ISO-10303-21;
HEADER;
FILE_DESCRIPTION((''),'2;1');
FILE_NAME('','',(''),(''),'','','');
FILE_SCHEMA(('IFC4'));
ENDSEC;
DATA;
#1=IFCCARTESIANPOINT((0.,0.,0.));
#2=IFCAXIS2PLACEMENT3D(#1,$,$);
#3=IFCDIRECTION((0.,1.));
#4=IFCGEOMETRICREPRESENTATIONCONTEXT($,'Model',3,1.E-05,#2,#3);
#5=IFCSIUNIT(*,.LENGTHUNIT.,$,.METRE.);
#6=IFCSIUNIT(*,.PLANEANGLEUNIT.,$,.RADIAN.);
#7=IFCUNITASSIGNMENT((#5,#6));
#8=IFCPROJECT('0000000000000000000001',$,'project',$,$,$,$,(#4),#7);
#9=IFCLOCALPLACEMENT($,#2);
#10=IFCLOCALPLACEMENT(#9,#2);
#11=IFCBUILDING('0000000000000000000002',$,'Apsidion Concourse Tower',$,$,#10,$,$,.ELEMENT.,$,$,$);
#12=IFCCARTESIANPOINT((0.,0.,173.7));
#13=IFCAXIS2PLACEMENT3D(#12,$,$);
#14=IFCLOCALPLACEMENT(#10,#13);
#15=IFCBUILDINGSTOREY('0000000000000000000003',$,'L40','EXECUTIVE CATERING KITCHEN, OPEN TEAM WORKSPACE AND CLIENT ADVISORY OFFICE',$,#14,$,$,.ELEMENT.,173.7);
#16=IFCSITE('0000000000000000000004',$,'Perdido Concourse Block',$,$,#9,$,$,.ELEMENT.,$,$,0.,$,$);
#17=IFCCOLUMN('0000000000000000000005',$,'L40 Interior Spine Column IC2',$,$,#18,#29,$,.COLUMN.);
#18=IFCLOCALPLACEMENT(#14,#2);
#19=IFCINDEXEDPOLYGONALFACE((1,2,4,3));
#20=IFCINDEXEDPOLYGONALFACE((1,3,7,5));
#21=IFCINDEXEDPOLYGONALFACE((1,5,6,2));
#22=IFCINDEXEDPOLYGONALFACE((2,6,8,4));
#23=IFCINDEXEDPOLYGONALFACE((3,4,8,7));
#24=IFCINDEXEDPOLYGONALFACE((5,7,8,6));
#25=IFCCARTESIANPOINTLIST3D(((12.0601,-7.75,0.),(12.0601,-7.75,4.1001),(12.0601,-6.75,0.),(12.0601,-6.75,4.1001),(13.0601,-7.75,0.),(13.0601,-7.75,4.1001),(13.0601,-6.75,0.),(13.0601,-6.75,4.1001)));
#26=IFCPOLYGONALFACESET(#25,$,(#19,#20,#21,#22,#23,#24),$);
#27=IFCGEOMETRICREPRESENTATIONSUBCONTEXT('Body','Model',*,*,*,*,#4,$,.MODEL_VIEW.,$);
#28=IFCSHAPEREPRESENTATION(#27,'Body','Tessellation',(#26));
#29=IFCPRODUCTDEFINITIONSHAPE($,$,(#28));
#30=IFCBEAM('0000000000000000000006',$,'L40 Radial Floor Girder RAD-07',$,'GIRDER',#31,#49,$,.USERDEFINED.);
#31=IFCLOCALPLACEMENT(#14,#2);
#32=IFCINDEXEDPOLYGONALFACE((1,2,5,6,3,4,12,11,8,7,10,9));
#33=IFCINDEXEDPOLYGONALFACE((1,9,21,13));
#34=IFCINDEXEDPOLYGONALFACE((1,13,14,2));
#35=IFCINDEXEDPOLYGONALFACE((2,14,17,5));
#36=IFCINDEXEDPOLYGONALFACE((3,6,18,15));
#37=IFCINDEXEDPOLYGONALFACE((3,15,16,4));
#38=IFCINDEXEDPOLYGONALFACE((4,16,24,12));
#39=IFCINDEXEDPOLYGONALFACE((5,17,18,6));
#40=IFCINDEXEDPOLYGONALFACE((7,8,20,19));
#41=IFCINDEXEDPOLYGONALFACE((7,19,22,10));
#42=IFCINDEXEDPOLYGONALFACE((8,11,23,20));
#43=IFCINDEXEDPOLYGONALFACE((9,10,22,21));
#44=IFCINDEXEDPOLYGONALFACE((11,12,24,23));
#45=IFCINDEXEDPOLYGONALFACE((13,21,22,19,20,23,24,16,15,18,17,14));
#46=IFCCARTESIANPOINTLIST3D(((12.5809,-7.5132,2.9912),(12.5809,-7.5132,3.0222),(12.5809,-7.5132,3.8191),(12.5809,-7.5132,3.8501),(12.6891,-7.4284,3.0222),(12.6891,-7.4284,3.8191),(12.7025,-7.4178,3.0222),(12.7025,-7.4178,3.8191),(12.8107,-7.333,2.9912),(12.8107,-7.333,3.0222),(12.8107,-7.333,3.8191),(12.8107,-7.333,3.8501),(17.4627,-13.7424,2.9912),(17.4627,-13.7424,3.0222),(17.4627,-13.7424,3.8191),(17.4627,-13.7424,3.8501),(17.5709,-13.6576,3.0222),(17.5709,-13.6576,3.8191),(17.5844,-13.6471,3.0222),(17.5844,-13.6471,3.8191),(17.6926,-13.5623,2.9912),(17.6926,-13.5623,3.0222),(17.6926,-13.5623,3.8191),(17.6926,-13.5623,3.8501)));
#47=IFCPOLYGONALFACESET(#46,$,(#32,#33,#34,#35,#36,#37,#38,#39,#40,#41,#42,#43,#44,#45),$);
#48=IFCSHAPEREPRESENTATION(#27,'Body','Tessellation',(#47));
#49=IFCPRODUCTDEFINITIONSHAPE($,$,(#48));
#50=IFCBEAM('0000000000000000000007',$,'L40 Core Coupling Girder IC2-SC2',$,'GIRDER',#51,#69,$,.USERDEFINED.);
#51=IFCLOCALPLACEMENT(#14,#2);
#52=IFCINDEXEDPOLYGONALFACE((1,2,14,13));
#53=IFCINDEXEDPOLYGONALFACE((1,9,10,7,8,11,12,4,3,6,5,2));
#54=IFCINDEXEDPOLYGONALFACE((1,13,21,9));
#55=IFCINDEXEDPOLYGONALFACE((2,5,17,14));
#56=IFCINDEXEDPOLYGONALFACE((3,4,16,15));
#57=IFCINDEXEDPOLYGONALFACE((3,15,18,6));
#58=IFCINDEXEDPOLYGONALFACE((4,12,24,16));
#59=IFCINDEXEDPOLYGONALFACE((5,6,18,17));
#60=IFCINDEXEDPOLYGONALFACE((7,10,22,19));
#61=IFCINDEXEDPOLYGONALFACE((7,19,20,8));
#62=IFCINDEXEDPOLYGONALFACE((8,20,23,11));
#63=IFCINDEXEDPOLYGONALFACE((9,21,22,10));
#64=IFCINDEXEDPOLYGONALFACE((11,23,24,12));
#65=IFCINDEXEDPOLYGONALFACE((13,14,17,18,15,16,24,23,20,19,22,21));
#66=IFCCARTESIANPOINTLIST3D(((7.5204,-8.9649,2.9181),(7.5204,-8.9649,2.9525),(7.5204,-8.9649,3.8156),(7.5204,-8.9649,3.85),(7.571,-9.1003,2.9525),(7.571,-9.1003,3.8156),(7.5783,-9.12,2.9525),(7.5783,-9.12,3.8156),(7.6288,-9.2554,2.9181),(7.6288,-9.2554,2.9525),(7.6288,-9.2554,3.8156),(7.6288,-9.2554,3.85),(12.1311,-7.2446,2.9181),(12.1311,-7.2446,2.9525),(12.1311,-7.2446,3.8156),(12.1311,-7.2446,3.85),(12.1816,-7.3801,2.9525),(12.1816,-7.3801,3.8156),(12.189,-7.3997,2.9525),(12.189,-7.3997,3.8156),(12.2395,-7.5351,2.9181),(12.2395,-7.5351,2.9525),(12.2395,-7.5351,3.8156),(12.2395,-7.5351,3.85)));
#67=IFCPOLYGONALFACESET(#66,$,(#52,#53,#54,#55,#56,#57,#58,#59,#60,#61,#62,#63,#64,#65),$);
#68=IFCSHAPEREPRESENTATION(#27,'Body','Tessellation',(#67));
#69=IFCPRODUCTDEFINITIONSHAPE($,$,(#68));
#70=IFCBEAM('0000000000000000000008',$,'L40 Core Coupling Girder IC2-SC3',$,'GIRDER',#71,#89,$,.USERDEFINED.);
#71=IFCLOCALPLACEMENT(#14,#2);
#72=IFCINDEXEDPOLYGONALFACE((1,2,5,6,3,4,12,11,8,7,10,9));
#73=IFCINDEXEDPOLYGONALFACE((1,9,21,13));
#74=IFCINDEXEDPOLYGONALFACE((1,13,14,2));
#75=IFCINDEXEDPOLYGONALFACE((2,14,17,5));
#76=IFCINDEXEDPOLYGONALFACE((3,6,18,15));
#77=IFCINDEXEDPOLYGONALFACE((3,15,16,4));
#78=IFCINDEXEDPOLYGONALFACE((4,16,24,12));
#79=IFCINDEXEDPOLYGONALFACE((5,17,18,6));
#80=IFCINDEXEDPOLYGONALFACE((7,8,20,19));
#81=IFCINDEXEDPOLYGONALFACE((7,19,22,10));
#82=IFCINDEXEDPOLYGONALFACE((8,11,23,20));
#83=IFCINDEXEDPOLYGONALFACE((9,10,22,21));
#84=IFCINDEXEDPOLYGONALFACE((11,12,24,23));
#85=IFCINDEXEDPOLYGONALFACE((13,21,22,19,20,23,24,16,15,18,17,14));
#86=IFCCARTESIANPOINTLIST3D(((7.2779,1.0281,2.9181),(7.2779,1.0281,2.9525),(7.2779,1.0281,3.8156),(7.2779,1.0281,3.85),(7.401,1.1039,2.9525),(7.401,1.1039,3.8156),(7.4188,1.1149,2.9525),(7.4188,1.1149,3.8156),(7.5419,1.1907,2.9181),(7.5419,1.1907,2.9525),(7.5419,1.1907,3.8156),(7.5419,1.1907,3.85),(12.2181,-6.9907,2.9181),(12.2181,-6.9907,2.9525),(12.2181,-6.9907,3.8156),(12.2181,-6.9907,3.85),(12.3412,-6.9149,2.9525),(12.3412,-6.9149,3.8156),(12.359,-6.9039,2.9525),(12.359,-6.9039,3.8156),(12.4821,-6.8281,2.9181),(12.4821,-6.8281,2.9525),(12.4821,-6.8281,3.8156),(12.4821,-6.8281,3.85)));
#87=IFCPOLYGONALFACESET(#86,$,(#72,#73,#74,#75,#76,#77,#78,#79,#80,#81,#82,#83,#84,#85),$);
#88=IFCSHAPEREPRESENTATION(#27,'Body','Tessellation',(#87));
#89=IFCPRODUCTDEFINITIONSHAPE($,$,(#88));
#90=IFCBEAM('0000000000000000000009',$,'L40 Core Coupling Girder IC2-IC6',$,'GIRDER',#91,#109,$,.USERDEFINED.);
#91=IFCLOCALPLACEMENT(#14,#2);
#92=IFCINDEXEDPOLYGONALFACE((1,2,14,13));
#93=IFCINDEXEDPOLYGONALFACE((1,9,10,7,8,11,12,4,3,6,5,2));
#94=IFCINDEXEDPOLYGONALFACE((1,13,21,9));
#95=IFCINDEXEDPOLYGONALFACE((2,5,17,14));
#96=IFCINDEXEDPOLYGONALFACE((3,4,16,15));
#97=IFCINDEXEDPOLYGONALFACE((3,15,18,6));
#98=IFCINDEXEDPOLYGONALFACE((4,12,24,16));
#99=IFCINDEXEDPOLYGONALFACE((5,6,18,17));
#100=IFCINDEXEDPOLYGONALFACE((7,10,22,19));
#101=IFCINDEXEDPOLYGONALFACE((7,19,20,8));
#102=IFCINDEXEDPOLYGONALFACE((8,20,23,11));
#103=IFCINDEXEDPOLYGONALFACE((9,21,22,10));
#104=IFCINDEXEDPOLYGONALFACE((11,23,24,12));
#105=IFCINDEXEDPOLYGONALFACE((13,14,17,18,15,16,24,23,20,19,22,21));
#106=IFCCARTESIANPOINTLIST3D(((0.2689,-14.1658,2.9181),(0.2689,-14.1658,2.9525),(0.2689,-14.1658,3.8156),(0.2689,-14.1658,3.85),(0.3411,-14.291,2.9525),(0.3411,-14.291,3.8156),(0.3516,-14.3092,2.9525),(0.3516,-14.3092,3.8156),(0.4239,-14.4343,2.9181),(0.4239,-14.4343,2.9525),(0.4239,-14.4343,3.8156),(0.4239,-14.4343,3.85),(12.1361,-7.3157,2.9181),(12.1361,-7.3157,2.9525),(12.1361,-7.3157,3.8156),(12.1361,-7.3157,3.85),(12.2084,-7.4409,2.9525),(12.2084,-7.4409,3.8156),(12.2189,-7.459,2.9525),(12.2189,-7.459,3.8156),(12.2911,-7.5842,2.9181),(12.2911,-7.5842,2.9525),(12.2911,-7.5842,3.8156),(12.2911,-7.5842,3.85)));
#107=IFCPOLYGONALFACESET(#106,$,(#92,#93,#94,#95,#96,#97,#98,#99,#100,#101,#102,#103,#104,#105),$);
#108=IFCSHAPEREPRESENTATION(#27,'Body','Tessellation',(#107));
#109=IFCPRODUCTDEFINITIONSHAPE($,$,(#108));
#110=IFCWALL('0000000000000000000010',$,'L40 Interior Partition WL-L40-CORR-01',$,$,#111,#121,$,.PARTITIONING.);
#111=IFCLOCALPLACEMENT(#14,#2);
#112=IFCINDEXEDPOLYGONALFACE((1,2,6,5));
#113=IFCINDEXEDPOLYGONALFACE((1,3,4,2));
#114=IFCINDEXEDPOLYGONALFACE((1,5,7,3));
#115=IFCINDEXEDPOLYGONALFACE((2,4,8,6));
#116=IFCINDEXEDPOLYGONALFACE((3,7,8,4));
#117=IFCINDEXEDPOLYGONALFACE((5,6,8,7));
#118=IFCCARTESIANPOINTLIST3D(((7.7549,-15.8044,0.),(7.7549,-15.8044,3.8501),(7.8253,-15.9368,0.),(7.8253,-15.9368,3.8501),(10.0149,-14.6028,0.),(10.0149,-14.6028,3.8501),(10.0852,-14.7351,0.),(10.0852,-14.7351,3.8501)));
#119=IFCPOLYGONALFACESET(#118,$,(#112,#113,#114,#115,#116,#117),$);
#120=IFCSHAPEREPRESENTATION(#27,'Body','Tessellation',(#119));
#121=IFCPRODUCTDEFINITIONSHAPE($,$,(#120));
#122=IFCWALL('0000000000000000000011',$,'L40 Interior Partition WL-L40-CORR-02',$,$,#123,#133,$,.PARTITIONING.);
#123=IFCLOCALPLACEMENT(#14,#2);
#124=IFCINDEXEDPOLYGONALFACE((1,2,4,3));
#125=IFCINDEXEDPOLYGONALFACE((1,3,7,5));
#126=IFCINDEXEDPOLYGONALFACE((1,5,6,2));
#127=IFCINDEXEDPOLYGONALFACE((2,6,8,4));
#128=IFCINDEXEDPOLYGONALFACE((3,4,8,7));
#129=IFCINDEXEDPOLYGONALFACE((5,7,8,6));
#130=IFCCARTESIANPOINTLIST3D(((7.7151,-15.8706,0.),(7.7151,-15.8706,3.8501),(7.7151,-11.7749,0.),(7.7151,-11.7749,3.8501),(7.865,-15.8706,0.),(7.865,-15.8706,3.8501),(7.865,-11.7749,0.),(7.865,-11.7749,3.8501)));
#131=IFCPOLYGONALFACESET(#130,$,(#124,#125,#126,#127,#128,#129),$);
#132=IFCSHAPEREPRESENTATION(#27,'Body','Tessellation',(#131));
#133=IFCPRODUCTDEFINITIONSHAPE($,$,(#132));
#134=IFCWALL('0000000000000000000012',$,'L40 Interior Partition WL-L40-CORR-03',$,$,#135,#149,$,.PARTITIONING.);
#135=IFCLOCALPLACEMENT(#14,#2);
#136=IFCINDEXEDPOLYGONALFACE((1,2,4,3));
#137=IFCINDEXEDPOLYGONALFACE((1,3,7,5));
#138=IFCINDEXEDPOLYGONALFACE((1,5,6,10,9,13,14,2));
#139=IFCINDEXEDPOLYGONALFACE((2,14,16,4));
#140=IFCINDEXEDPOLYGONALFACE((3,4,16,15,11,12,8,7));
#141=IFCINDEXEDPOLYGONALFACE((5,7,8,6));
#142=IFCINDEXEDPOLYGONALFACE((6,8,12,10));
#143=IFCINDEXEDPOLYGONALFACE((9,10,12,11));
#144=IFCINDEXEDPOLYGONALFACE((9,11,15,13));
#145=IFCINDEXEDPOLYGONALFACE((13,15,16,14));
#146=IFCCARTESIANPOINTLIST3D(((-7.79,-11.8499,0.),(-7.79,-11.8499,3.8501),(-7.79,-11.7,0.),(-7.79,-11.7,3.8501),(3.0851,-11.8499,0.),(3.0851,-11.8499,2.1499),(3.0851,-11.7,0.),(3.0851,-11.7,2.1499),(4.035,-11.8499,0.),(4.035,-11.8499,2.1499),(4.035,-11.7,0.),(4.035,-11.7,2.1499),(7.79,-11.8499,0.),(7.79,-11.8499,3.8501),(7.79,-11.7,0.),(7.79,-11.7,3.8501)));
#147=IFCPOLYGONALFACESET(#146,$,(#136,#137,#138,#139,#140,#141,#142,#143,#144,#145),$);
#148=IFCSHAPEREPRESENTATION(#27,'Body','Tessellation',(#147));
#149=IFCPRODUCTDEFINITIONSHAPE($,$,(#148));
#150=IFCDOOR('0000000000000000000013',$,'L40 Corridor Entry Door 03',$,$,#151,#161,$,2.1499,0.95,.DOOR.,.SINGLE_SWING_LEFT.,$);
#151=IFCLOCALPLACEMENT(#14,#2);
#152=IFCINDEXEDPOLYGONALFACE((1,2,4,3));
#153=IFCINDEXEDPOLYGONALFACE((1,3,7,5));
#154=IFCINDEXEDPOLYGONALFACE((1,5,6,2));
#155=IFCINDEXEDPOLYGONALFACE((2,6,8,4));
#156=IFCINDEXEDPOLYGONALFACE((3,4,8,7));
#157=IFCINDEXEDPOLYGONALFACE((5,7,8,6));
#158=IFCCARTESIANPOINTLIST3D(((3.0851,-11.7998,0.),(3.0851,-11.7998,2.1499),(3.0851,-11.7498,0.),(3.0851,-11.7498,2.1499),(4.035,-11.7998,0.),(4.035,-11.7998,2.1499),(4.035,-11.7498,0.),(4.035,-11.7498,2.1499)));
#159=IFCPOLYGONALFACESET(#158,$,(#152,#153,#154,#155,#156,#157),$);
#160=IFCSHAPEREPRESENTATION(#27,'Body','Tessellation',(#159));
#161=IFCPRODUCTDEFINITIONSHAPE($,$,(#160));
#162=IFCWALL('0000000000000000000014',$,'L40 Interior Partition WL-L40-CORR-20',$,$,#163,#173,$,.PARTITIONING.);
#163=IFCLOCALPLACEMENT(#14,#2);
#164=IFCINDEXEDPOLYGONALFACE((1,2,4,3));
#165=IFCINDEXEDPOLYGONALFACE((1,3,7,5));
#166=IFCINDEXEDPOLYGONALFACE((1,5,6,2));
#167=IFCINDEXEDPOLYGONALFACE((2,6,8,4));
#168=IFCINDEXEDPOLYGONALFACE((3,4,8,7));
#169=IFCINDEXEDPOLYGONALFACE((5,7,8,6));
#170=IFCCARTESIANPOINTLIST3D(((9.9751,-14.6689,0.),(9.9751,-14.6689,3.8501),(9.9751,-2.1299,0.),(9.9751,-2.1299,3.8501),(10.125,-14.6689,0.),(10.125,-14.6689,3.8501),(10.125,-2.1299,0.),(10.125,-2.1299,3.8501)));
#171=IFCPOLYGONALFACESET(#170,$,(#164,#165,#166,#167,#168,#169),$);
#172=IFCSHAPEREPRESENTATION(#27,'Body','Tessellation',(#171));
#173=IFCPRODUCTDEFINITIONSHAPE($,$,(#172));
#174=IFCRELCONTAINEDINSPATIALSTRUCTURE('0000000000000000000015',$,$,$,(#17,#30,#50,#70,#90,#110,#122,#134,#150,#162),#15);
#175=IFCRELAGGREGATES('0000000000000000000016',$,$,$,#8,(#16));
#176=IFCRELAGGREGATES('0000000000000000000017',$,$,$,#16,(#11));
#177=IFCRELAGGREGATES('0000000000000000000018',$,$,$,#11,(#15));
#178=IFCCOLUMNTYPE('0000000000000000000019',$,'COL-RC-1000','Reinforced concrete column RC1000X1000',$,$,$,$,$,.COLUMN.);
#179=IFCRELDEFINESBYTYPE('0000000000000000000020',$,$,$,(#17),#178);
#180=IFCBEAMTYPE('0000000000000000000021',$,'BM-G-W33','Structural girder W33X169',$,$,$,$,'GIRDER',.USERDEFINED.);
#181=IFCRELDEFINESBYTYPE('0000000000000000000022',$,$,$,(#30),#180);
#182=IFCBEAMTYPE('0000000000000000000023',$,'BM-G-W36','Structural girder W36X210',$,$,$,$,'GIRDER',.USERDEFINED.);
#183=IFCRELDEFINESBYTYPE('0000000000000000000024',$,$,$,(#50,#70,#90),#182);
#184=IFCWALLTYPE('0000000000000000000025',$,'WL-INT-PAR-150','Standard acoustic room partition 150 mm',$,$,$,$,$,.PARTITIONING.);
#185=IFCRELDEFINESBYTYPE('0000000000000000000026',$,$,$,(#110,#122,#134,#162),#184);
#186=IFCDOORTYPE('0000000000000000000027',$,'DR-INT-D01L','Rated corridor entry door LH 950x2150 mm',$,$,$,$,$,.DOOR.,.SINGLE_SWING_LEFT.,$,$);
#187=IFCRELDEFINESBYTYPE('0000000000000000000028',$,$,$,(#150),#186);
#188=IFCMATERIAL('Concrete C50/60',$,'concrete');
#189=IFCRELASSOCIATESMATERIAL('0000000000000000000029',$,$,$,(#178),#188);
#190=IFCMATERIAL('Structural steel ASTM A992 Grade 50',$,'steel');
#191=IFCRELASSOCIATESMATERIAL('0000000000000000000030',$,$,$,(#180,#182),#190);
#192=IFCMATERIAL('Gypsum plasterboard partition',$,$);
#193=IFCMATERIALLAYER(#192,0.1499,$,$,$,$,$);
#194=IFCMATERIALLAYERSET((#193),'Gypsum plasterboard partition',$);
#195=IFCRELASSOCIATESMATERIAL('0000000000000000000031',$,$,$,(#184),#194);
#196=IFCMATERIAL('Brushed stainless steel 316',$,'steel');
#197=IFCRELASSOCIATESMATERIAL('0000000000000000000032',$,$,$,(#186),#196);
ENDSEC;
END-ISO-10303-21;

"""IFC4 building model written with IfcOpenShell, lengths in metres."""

from ifc_helpers import new_model, si_unit, direction, frame, frame_2d, origin, origin_2d, place, context, subcontext, project, spatial, rectangle, i_section, extrude, material, layer, layer_set, material_profile, profile_set, type_object, element, fill, save


model = new_model("IFC4")

# Units and contexts
model_context = context("Model", 3, precision=1e-05, world=origin(), true_north=direction((0.0, 1.0)))
body_context = subcontext(model_context, "Body", "Model", "MODEL_VIEW")
ifc_project = project(units=[si_unit("LENGTHUNIT", "METRE"), si_unit("PLANEANGLEUNIT", "RADIAN")], contexts=[model_context])

# Site, building, storey
site_placement = place(None, origin())
site = spatial("IfcSite", under=ifc_project, at=site_placement, Name="Perdido Concourse Block", CompositionType="ELEMENT", RefElevation=0.0)
building_placement = place(site_placement, origin())
building = spatial("IfcBuilding", under=site, at=building_placement, Name="Apsidion Concourse Tower", CompositionType="ELEMENT")
storey_placement = place(building_placement, frame((0.0, 0.0, 173.7)))
storey = spatial("IfcBuildingStorey", under=building, at=storey_placement, Name="L40", Description="EXECUTIVE CATERING KITCHEN, OPEN TEAM WORKSPACE AND CLIENT ADVISORY OFFICE", CompositionType="ELEMENT", Elevation=173.7)

# Column
ifc_material_1 = material(Name="Concrete C50/60", Category="concrete")
ifc_material_profile_1 = material_profile(ifc_material_1, rectangle(XDim=1.0, YDim=1.0, at=origin_2d()), Name="RC 1000x1000")
ifc_profile_set_1 = profile_set([ifc_material_profile_1], Name="Concrete C50/60")
column_type = type_object("IfcColumnType", Name="COL-RC-1000", Description="Reinforced concrete column RC1000X1000", PredefinedType="COLUMN", material=ifc_profile_set_1)
column_placement = place(storey_placement, frame((12.5601, -7.25, 0.0), z_axis=(0.0, 0.0, 1.0), x_axis=(1.0, 0.0, 0.0)))
element("IfcColumn", 1, at=column_placement, inside=storey, type_object=column_type, Name="L40 Interior Spine Column IC2", PredefinedType="COLUMN", context=body_context, shape_type="SweptSolid", body=[
    extrude(rectangle(XDim=1.0, YDim=1.0, at=origin_2d()), origin(), (0.0, 0.0, 1.0), 4.1001),
])

# Beams
ifc_material_2 = material(Name="Structural steel ASTM A992 Grade 50", Category="steel")
ifc_material_profile_2 = material_profile(ifc_material_2, i_section(OverallWidth=0.292, OverallDepth=0.8589, WebThickness=0.0171, FlangeThickness=0.031, at=origin_2d()), Name="W33X169")
ifc_profile_set_2 = profile_set([ifc_material_profile_2], Name="Structural steel ASTM A992 Grade 50")
beam_type_1 = type_object("IfcBeamType", Name="BM-G-W33", Description="Structural girder W33X169", ElementType="GIRDER", PredefinedType="USERDEFINED", material=ifc_profile_set_2)
beam_1_placement = place(storey_placement, frame((12.6958, -7.4231, 3.4207), z_axis=(0.616839, -0.78709, 0.0), x_axis=(0.78709, 0.616839, 0.0)))
element("IfcBeam", 2, at=beam_1_placement, inside=storey, type_object=beam_type_1, Name="L40 Radial Floor Girder RAD-07", ObjectType="GIRDER", PredefinedType="USERDEFINED", context=body_context, shape_type="SweptSolid", body=[
    extrude(i_section(OverallWidth=0.292, OverallDepth=0.8589, WebThickness=0.0171, FlangeThickness=0.031, at=origin_2d()), origin(), (0.0, 0.0, 1.0), 7.9143),
])
ifc_material_profile_3 = material_profile(ifc_material_2, i_section(OverallWidth=0.3101, OverallDepth=0.9319, WebThickness=0.021, FlangeThickness=0.0344, at=origin_2d()), Name="W36X210")
ifc_profile_set_3 = profile_set([ifc_material_profile_3], Name="Structural steel ASTM A992 Grade 50")
beam_type_2 = type_object("IfcBeamType", Name="BM-G-W36", Description="Structural girder W36X210", ElementType="GIRDER", PredefinedType="USERDEFINED", material=ifc_profile_set_3)
beam_2_placement = place(storey_placement, frame((12.1853, -7.3899, 3.384), z_axis=(-0.936913, -0.349563, 0.0), x_axis=(0.349563, -0.936913, 0.0)))
element("IfcBeam", 3, at=beam_2_placement, inside=storey, type_object=beam_type_2, Name="L40 Core Coupling Girder IC2-SC2", ObjectType="GIRDER", PredefinedType="USERDEFINED", context=body_context, shape_type="SweptSolid", body=[
    extrude(i_section(OverallWidth=0.3101, OverallDepth=0.9319, WebThickness=0.021, FlangeThickness=0.0344, at=origin_2d()), origin(), (0.0, 0.0, 1.0), 4.9211),
])
beam_3_placement = place(storey_placement, frame((12.3501, -6.9094, 3.384), z_axis=(-0.524524, 0.851396, 0.0), x_axis=(-0.851396, -0.524524, 0.0)))
element("IfcBeam", 4, at=beam_3_placement, inside=storey, type_object=beam_type_2, Name="L40 Core Coupling Girder IC2-SC3", ObjectType="GIRDER", PredefinedType="USERDEFINED", context=body_context, shape_type="SweptSolid", body=[
    extrude(i_section(OverallWidth=0.3101, OverallDepth=0.9319, WebThickness=0.021, FlangeThickness=0.0344, at=origin_2d()), origin(), (0.0, 0.0, 1.0), 9.4185),
])
beam_4_placement = place(storey_placement, frame((12.2136, -7.45, 3.384), z_axis=(-0.86607, -0.499922, 0.0), x_axis=(0.499922, -0.86607, 0.0)))
element("IfcBeam", 5, at=beam_4_placement, inside=storey, type_object=beam_type_2, Name="L40 Core Coupling Girder IC2-IC6", ObjectType="GIRDER", PredefinedType="USERDEFINED", context=body_context, shape_type="SweptSolid", body=[
    extrude(i_section(OverallWidth=0.3101, OverallDepth=0.9319, WebThickness=0.021, FlangeThickness=0.0344, at=origin_2d()), origin(), (0.0, 0.0, 1.0), 13.7024),
])

# Walls
ifc_material_3 = material(Name="Gypsum plasterboard partition")
ifc_layer_1 = layer(ifc_material_3, 0.1499)
ifc_layer_set_1 = layer_set([ifc_layer_1], Name="Gypsum plasterboard partition")
wall_type_1 = type_object("IfcWallType", Name="WL-INT-PAR-150", Description="Standard acoustic room partition 150 mm", PredefinedType="PARTITIONING", material=ifc_layer_set_1)
wall_1_placement = place(storey_placement, frame((10.05, -14.6689, 0.0), z_axis=(0.0, 0.0, 1.0), x_axis=(-0.882949, -0.469469, 0.0)))
element("IfcWall", 6, at=wall_1_placement, inside=storey, type_object=wall_type_1, Name="L40 Interior Partition WL-L40-CORR-01", PredefinedType="PARTITIONING", context=body_context, shape_type="SweptSolid", body=[
    extrude(rectangle(XDim=2.5596, YDim=0.1499, at=frame_2d((1.2798, 0.0))), origin(), (0.0, 0.0, 1.0), 3.8501),
])
wall_2_placement = place(storey_placement, frame((7.79, -15.8706, 0.0), z_axis=(0.0, 0.0, 1.0), x_axis=(0.0, 1.0, 0.0)))
element("IfcWall", 7, at=wall_2_placement, inside=storey, type_object=wall_type_1, Name="L40 Interior Partition WL-L40-CORR-02", PredefinedType="PARTITIONING", context=body_context, shape_type="SweptSolid", body=[
    extrude(rectangle(XDim=4.0957, YDim=0.1499, at=frame_2d((2.0479, 0.0))), origin(), (0.0, 0.0, 1.0), 3.8501),
])

# Wall, opening, door
wall_3_placement = place(storey_placement, frame((7.79, -11.7749, 0.0), z_axis=(0.0, 0.0, 1.0), x_axis=(-1.0, 0.0, 0.0)))
wall_3 = element("IfcWall", 8, at=wall_3_placement, inside=storey, type_object=wall_type_1, Name="L40 Interior Partition WL-L40-CORR-03", PredefinedType="PARTITIONING", context=body_context, shape_type="SweptSolid", body=[
    extrude(rectangle(XDim=15.5801, YDim=0.1499, at=frame_2d((7.79, 0.0))), origin(), (0.0, 0.0, 1.0), 3.8501),
])
opening_placement = place(wall_3_placement, frame((3.7549, 0.0, 0.0)))
opening = element("IfcOpeningElement", 9, at=opening_placement, cuts=wall_3, PredefinedType="OPENING", context=body_context, shape_type="SweptSolid", body=[
    extrude(rectangle(XDim=0.95, YDim=2.1499, at=frame_2d((0.4751, 1.075))), frame((0.0, 0.085, 0.0), z_axis=(0.0, -1.0, 0.0), x_axis=(1.0, 0.0, 0.0)), (0.0, 0.0, 1.0), 0.1699),
])
ifc_material_4 = material(Name="Brushed stainless steel 316", Category="steel")
door_type = type_object("IfcDoorType", Name="DR-INT-D01L", Description="Rated corridor entry door LH 950x2150 mm", OperationType="SINGLE_SWING_LEFT", PredefinedType="DOOR", material=ifc_material_4)
door_placement = place(opening_placement, origin())
door = element("IfcDoor", 10, at=door_placement, inside=storey, type_object=door_type, Name="L40 Corridor Entry Door 03", OperationType="SINGLE_SWING_LEFT", OverallHeight=2.1499, OverallWidth=0.95, PredefinedType="DOOR", context=body_context, shape_type="SweptSolid", body=[
    extrude(rectangle(XDim=0.95, YDim=2.1499, at=frame_2d((0.4751, 1.075))), frame((0.0, 0.0249, 0.0), z_axis=(0.0, -1.0, 0.0), x_axis=(1.0, 0.0, 0.0)), (0.0, 0.0, 1.0), 0.05),
])
fill(opening, door)

# Wall
wall_4_placement = place(storey_placement, frame((10.05, -2.1299, 0.0), z_axis=(0.0, 0.0, 1.0), x_axis=(0.0, -1.0, 0.0)))
element("IfcWall", 11, at=wall_4_placement, inside=storey, type_object=wall_type_1, Name="L40 Interior Partition WL-L40-CORR-20", PredefinedType="PARTITIONING", context=body_context, shape_type="SweptSolid", body=[
    extrude(rectangle(XDim=12.5391, YDim=0.1499, at=frame_2d((6.2695, 0.0))), origin(), (0.0, 0.0, 1.0), 3.8501),
])

save(model, "model.ifc")
